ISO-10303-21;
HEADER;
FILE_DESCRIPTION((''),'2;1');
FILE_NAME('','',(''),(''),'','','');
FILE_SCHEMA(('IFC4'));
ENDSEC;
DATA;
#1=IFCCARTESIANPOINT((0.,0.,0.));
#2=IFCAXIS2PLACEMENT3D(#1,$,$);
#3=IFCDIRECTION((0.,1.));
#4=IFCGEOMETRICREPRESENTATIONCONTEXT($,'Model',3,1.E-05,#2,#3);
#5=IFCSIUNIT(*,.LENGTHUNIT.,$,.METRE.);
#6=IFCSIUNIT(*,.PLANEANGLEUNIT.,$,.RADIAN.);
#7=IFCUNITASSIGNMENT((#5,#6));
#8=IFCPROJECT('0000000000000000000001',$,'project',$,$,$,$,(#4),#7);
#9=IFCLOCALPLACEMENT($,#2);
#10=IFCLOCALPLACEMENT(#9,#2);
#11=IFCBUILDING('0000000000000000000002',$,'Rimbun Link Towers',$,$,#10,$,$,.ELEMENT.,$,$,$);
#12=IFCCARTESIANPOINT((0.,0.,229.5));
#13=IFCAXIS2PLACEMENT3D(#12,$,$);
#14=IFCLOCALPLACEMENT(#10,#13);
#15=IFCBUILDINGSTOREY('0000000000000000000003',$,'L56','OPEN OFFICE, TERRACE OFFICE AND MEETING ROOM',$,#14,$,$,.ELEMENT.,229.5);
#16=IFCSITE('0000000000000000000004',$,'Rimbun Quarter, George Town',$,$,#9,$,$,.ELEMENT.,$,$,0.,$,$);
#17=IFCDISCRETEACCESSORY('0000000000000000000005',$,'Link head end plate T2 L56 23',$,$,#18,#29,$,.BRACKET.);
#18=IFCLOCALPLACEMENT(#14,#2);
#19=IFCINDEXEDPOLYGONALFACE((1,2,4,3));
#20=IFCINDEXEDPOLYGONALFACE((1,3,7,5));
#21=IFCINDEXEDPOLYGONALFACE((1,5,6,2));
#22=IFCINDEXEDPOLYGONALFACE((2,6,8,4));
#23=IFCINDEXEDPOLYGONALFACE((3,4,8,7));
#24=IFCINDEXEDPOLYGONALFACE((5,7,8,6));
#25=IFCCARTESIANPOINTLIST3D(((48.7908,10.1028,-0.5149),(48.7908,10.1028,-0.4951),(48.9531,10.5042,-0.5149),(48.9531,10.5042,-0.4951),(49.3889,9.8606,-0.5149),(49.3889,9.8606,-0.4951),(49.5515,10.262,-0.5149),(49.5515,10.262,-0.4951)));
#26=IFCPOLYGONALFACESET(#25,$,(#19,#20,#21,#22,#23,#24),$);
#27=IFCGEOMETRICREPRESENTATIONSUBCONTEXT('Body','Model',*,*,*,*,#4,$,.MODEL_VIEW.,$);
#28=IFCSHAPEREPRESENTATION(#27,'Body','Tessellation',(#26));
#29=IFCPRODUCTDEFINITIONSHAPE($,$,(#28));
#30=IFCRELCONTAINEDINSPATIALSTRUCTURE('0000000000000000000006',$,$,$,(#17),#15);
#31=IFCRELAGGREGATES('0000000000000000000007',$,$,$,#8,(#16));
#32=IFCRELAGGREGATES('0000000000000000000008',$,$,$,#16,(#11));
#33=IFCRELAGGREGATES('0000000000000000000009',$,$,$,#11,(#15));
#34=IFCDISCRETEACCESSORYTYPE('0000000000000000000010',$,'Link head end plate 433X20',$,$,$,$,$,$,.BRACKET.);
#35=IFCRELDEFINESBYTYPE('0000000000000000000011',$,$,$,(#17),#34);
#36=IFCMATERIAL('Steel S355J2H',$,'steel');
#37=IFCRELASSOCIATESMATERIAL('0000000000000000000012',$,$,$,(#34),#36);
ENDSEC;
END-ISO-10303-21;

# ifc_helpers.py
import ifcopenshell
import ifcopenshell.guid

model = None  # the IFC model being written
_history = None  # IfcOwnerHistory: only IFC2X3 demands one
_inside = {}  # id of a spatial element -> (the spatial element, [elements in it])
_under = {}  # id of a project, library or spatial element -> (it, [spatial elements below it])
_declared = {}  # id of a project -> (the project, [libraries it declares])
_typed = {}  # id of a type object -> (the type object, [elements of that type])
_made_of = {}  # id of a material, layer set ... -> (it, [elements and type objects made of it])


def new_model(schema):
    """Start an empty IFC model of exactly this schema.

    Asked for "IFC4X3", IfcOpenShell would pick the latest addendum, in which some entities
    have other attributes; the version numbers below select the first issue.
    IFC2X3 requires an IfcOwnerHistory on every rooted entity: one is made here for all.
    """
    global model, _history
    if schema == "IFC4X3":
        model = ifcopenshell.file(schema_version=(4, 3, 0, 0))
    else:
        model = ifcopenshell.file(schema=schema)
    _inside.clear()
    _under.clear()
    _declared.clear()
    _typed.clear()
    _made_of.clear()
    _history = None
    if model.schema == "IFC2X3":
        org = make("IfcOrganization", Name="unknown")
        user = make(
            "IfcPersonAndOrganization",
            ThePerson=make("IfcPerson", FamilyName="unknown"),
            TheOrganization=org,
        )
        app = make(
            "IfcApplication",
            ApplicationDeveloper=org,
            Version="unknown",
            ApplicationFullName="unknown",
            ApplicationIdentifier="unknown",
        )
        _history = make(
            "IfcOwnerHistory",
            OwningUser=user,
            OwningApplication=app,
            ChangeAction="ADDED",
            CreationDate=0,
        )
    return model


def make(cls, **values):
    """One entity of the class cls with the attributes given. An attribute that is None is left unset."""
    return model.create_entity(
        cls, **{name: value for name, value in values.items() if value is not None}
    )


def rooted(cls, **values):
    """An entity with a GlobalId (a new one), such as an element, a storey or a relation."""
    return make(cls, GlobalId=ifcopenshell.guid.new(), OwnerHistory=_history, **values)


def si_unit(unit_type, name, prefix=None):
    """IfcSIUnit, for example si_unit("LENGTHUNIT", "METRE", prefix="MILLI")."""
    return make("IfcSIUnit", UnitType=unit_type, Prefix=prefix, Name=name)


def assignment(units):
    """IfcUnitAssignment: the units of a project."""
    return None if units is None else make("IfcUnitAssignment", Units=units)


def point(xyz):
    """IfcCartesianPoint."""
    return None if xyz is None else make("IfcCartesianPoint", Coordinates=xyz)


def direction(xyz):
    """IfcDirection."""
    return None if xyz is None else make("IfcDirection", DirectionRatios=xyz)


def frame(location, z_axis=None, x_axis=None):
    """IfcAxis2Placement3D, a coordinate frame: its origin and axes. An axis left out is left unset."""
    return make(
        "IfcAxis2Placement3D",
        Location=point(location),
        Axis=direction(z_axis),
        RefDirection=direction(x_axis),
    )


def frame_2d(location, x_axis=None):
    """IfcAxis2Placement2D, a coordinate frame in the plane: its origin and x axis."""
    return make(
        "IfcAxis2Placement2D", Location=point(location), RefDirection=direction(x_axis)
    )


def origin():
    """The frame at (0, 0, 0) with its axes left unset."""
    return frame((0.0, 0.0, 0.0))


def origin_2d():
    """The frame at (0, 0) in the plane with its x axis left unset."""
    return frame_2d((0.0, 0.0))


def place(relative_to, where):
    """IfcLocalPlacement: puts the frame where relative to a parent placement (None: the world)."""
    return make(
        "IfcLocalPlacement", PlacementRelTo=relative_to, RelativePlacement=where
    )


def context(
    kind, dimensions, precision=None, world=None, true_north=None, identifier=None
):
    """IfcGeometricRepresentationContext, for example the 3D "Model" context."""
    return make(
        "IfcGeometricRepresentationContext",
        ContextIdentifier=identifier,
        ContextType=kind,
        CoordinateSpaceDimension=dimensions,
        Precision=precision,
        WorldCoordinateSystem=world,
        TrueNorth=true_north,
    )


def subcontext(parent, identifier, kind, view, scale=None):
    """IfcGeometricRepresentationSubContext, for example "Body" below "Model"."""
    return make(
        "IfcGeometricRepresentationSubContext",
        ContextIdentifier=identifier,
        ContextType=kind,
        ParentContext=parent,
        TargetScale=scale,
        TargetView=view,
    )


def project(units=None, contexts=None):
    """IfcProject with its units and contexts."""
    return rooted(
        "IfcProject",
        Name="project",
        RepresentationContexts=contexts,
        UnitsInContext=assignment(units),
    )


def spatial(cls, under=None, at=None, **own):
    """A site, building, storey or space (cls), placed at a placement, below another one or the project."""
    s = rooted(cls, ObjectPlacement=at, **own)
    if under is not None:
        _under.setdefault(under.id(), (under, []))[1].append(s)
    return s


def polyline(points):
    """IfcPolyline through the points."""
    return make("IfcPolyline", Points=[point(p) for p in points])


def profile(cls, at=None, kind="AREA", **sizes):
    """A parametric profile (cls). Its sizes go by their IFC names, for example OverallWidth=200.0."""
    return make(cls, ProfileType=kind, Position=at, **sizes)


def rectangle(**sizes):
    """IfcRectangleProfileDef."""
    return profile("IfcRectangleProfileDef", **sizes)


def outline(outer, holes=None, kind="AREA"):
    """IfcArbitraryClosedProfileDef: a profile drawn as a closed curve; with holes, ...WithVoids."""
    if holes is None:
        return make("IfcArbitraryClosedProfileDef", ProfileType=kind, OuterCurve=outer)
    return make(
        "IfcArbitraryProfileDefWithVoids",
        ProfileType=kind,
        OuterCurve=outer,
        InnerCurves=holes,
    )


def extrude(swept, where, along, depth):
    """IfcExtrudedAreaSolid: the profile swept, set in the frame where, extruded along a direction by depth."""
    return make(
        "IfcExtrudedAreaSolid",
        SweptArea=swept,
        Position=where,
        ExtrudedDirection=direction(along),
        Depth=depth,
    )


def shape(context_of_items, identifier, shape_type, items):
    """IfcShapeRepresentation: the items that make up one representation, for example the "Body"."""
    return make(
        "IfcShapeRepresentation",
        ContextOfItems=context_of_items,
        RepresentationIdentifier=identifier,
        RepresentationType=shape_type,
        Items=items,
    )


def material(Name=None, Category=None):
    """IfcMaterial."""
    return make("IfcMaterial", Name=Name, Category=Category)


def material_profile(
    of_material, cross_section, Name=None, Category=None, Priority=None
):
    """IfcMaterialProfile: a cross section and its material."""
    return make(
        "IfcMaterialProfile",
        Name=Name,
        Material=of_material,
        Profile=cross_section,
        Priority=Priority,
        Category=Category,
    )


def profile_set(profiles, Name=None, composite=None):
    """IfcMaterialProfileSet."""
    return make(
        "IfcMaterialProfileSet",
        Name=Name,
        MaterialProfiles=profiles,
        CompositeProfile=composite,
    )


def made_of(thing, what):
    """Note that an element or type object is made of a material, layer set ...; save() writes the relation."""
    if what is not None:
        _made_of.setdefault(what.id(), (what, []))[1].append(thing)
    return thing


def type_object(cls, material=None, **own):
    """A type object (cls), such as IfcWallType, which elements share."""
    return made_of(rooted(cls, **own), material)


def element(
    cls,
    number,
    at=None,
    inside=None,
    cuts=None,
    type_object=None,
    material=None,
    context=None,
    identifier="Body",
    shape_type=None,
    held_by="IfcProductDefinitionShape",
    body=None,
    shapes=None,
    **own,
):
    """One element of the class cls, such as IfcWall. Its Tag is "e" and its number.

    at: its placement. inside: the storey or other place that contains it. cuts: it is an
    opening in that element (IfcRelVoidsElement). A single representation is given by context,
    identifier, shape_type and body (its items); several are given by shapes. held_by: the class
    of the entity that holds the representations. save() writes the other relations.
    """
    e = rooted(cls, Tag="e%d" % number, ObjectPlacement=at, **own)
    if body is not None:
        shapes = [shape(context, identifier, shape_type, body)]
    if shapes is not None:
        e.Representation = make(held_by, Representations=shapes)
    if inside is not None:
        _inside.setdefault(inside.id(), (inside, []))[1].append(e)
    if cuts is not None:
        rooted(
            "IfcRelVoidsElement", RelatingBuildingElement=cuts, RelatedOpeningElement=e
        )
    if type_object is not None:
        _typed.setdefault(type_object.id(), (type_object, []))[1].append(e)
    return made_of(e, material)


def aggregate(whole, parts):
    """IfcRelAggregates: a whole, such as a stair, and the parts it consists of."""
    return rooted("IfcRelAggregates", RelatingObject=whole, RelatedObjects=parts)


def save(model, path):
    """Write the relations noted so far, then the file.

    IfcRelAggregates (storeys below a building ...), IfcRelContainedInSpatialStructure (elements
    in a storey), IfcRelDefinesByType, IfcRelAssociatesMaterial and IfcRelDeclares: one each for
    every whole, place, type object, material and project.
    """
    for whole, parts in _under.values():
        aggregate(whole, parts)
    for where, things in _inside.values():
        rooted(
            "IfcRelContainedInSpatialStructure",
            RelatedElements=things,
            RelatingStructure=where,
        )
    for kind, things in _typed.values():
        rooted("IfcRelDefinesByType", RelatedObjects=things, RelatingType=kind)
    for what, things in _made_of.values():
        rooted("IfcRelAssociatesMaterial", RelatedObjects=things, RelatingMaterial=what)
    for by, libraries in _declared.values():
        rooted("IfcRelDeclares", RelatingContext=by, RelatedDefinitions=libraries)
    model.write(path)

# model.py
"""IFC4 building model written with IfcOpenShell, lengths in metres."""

from ifc_helpers import new_model, si_unit, direction, frame, origin, origin_2d, place, context, subcontext, project, spatial, polyline, rectangle, outline, extrude, material, material_profile, profile_set, type_object, element, save


model = new_model("IFC4")

# Units and contexts
model_context = context("Model", 3, precision=1e-05, world=origin(), true_north=direction((0.0, 1.0)))
body_context = subcontext(model_context, "Body", "Model", "MODEL_VIEW")
ifc_project = project(units=[si_unit("LENGTHUNIT", "METRE"), si_unit("PLANEANGLEUNIT", "RADIAN")], contexts=[model_context])

# Site, building, storey
site_placement = place(None, origin())
site = spatial("IfcSite", under=ifc_project, at=site_placement, Name="Rimbun Quarter, George Town", CompositionType="ELEMENT", RefElevation=0.0)
building_placement = place(site_placement, origin())
building = spatial("IfcBuilding", under=site, at=building_placement, Name="Rimbun Link Towers", CompositionType="ELEMENT")
storey_placement = place(building_placement, frame((0.0, 0.0, 229.5)))
storey = spatial("IfcBuildingStorey", under=building, at=storey_placement, Name="L56", Description="OPEN OFFICE, TERRACE OFFICE AND MEETING ROOM", CompositionType="ELEMENT", Elevation=229.5)

# Discrete accessory
ifc_material_1 = material(Name="Steel S355J2H", Category="steel")
ifc_material_profile_1 = material_profile(ifc_material_1, rectangle(XDim=0.4331, YDim=0.4331, at=origin_2d()), Name="PL 433x433")
ifc_profile_set_1 = profile_set([ifc_material_profile_1], Name="Steel S355J2H")
discrete_accessory_type_1 = type_object("IfcDiscreteAccessoryType", Name="Link head end plate 433X20", PredefinedType="BRACKET", material=ifc_profile_set_1)
discrete_accessory_1_placement = place(storey_placement, frame((0.0, 0.0, -0.5149)))
element("IfcDiscreteAccessory", 1, at=discrete_accessory_1_placement, inside=storey, type_object=discrete_accessory_type_1, Name="Link head end plate T2 L56 23", PredefinedType="BRACKET", context=body_context, shape_type="SweptSolid", body=[
    extrude(outline(polyline([(48.7908, 10.1028), (49.3889, 9.8606), (49.5515, 10.262), (48.9531, 10.5042), (48.7908, 10.1028)])), origin(), (0.0, 0.0, 1.0), 0.0198),
])

save(model, "model.ifc")
